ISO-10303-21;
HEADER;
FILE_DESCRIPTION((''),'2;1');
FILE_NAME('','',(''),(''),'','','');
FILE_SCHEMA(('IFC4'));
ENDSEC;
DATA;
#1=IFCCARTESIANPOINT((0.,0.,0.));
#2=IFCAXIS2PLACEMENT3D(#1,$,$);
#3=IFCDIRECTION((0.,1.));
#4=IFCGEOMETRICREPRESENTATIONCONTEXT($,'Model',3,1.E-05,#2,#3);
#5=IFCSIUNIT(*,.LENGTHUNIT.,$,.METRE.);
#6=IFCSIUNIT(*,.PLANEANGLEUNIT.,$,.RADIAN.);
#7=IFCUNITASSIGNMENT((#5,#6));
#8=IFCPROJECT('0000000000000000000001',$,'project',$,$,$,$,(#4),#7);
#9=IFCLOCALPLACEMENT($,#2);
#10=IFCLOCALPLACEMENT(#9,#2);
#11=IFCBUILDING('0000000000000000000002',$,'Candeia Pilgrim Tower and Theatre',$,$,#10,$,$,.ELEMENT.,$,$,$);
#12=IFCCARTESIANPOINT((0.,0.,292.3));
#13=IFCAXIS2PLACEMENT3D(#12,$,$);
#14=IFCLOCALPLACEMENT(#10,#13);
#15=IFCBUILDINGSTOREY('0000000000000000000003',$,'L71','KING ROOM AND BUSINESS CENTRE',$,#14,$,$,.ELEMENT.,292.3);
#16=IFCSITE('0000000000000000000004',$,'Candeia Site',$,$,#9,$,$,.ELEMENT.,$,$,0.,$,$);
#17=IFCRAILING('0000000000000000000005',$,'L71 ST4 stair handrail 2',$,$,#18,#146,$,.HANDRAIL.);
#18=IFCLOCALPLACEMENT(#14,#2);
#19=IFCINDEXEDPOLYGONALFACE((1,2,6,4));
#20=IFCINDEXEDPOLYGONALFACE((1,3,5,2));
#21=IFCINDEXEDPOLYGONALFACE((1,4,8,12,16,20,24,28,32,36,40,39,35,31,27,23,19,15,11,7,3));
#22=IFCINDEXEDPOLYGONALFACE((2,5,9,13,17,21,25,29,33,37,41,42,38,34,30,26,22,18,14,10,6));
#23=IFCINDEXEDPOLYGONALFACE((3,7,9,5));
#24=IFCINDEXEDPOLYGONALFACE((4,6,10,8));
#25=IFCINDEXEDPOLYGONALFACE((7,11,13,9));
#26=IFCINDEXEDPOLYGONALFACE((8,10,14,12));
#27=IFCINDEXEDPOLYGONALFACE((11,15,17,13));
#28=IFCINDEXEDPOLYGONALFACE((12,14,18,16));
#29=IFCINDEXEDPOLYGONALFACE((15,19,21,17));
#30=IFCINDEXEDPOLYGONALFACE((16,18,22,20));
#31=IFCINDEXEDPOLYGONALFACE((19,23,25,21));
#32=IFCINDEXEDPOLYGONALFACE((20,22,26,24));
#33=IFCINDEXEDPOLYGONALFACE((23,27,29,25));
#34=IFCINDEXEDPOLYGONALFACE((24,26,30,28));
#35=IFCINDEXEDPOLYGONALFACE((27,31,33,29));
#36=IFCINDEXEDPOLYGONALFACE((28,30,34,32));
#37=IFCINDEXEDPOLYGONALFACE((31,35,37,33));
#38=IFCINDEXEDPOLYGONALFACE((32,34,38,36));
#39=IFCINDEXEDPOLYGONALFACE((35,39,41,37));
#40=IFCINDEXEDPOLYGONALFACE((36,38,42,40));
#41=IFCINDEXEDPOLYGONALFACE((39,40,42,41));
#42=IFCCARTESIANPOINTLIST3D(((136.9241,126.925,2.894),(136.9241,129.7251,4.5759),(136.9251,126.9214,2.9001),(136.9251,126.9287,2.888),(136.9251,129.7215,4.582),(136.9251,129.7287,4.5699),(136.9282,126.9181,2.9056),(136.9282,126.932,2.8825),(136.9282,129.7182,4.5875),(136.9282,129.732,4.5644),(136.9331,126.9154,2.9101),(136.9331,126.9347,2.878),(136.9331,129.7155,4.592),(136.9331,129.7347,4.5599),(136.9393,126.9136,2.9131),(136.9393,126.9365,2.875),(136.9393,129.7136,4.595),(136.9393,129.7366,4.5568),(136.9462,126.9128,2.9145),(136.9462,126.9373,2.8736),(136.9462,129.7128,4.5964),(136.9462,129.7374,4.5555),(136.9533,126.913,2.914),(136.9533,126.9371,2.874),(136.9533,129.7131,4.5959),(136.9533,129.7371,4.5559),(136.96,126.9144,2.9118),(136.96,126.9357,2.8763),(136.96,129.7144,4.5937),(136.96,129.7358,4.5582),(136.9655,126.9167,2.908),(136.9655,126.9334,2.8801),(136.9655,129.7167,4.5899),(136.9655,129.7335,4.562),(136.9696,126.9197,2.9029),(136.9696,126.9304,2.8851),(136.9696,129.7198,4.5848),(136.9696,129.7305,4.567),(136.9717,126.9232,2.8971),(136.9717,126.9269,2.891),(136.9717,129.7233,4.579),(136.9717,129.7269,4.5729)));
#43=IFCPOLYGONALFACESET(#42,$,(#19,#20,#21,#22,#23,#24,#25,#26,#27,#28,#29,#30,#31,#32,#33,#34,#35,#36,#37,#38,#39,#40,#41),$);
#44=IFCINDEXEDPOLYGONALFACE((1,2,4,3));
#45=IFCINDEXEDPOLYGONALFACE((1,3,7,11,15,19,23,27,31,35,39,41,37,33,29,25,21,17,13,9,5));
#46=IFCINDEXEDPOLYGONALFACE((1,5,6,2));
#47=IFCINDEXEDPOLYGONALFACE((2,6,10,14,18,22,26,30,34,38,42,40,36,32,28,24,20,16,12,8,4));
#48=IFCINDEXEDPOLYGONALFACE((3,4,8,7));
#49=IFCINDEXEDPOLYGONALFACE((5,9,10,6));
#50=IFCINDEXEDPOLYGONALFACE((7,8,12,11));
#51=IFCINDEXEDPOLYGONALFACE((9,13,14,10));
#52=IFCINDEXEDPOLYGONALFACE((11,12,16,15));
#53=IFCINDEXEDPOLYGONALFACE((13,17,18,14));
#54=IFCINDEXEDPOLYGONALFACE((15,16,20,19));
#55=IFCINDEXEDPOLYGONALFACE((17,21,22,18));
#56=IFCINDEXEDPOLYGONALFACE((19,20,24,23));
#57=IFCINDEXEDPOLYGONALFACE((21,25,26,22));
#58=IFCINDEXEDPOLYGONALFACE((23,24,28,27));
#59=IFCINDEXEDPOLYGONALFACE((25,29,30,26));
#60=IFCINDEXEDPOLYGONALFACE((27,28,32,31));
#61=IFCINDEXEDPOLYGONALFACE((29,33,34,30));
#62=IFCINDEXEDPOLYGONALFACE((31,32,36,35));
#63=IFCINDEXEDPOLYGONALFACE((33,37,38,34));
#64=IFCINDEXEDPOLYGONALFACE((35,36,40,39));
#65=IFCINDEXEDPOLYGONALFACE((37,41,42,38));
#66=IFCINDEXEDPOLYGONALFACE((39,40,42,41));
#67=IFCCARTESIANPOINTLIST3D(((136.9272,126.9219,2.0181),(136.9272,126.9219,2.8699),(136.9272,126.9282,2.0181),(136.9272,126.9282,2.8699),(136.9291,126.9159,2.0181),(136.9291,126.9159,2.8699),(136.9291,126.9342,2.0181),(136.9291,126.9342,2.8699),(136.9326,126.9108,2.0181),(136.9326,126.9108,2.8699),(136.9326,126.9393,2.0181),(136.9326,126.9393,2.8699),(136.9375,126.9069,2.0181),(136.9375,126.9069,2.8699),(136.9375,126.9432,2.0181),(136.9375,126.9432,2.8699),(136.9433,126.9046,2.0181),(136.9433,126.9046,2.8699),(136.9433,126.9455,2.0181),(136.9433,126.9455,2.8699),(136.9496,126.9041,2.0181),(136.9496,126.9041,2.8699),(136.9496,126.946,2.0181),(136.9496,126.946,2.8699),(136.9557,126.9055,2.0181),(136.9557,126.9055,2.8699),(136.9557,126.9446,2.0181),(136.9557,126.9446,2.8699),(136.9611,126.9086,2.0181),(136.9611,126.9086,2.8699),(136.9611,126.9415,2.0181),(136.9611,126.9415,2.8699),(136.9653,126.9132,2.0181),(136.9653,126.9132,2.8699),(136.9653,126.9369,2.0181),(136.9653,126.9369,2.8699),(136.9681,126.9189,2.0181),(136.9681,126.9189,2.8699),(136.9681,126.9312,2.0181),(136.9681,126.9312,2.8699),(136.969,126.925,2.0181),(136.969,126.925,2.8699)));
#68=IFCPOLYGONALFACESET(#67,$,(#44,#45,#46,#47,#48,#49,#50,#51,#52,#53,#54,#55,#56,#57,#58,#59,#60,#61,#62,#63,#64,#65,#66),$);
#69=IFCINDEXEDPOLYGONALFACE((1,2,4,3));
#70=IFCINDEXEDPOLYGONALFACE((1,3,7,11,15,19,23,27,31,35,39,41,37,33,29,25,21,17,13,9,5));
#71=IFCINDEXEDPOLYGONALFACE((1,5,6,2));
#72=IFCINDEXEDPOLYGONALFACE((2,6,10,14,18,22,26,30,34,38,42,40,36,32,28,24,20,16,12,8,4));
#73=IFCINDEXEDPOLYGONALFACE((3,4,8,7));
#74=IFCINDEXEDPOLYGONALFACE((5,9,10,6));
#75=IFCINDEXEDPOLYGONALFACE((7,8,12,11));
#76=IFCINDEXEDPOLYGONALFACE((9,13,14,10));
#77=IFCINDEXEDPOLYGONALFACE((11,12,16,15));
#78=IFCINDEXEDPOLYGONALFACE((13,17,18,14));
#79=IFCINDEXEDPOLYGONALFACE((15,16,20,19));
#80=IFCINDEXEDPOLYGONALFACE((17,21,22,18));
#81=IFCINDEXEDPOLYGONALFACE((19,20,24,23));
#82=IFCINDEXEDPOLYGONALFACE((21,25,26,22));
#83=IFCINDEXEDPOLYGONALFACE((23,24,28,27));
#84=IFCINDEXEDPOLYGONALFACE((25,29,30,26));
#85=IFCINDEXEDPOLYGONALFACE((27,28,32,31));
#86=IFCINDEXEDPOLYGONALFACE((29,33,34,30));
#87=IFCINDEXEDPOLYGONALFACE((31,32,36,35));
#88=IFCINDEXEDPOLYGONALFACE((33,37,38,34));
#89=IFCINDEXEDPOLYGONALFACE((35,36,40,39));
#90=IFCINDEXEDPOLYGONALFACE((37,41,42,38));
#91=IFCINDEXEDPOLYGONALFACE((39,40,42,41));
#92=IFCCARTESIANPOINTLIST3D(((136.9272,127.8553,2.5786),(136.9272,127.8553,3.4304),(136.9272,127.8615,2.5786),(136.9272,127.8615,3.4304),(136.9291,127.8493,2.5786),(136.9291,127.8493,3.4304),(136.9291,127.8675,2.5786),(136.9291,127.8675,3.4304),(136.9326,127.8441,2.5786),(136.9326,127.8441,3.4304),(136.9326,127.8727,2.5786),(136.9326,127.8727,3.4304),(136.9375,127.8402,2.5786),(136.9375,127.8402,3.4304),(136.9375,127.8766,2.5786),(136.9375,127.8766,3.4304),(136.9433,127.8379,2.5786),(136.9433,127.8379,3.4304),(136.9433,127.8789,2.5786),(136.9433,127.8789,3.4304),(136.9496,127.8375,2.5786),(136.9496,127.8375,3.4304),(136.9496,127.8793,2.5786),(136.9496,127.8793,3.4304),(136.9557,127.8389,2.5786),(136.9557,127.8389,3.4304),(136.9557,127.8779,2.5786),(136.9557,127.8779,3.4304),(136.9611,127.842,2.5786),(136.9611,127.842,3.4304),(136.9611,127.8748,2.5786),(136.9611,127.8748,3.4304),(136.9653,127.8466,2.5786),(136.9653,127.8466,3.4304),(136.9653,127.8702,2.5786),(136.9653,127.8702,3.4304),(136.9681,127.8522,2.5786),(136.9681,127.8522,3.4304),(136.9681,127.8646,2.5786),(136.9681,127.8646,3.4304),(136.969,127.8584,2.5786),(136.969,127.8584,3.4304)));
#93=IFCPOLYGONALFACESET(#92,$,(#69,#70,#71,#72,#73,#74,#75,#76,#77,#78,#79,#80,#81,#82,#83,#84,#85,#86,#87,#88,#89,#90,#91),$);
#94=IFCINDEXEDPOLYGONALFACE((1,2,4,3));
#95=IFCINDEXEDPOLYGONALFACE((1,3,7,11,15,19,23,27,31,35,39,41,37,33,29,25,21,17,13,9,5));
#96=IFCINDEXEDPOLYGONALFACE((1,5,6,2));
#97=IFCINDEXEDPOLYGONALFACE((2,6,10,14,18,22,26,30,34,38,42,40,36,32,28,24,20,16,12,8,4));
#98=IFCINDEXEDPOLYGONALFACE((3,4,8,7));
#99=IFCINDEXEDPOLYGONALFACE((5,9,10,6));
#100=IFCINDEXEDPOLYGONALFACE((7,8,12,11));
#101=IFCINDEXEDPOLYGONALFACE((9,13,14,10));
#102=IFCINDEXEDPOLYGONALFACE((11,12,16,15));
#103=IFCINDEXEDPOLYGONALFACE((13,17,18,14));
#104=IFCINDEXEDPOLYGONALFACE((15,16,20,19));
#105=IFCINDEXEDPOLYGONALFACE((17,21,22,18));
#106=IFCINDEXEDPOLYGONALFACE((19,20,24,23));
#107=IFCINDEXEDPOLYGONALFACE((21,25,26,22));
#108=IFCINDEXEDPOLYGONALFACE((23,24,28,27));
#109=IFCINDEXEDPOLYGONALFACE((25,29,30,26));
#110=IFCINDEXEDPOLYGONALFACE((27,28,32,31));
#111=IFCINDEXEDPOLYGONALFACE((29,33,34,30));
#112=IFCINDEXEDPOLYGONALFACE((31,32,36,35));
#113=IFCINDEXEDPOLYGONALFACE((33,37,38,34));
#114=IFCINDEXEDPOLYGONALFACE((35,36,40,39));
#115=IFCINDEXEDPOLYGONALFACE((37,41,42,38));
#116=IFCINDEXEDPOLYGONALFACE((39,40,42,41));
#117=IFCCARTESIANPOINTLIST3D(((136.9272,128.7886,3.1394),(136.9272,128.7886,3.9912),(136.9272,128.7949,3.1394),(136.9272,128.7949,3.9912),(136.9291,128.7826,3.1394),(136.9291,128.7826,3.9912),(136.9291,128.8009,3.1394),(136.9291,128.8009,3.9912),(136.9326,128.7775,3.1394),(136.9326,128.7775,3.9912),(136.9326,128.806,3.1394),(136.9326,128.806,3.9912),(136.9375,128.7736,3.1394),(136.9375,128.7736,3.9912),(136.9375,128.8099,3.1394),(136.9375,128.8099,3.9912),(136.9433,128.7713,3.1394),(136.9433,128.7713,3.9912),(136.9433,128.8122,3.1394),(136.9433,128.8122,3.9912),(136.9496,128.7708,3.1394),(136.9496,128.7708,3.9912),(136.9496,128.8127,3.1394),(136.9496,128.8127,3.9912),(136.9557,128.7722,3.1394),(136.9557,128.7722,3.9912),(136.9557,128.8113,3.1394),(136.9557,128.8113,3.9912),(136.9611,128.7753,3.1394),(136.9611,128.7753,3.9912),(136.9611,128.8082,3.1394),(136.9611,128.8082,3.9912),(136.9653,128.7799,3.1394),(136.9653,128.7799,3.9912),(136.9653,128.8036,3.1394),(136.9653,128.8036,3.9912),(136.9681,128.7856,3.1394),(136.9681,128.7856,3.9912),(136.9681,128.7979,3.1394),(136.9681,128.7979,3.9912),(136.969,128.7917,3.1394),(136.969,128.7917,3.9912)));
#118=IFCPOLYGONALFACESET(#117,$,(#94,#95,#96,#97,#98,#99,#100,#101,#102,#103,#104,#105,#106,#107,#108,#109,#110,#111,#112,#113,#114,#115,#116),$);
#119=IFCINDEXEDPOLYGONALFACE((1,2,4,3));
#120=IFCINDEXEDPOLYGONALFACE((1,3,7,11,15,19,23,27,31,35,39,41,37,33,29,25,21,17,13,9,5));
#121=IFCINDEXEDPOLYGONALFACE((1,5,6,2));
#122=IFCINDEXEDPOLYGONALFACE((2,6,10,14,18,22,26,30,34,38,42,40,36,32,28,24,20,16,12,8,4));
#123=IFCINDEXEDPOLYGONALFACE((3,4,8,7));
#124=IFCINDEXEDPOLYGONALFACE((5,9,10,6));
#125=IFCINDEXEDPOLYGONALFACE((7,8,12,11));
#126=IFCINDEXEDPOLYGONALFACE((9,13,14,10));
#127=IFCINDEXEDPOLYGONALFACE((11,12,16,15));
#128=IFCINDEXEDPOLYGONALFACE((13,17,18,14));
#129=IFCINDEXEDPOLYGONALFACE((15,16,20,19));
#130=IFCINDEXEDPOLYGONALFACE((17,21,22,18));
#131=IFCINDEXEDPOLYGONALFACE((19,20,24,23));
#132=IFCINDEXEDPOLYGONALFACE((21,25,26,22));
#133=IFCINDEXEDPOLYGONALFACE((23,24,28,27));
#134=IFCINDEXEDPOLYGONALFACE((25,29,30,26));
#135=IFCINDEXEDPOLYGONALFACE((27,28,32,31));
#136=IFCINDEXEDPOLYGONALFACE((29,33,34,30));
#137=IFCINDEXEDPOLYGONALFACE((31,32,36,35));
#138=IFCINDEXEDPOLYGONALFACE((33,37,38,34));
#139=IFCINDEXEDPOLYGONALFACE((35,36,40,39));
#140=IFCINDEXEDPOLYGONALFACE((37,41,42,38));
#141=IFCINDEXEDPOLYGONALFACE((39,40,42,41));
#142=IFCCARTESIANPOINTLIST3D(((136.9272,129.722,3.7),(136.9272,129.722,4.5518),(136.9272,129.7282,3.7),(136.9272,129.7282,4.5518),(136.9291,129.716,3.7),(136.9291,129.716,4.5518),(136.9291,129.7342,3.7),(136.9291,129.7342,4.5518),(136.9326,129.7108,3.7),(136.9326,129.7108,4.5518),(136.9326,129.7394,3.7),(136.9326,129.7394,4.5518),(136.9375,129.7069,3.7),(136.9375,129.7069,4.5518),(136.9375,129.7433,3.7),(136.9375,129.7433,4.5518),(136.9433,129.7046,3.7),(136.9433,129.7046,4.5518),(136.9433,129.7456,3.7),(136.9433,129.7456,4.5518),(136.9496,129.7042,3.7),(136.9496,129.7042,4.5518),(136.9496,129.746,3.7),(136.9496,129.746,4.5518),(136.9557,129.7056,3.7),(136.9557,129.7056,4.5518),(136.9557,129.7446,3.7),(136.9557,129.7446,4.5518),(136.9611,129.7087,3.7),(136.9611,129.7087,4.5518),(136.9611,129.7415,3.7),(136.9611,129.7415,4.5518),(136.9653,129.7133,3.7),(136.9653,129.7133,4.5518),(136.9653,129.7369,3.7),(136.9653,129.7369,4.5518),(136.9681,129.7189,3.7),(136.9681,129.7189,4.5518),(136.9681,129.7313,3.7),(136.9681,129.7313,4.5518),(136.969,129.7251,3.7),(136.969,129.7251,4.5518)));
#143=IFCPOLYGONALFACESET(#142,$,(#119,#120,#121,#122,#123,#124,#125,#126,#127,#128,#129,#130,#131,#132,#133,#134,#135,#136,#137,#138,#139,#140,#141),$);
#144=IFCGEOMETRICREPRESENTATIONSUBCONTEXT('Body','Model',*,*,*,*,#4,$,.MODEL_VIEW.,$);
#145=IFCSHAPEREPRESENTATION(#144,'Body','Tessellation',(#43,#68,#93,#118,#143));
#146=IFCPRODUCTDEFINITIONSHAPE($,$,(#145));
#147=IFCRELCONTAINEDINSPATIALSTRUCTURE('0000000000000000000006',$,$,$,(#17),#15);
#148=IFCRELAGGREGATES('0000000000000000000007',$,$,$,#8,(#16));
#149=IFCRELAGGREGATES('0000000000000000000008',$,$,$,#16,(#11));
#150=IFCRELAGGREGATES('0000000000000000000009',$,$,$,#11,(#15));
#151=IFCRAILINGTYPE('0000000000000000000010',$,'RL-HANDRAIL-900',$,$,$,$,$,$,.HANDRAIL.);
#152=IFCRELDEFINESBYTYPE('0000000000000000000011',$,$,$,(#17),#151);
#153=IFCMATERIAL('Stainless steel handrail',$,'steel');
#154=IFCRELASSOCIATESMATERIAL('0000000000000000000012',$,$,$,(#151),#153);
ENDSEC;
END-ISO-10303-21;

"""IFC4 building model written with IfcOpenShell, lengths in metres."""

from ifc_helpers import new_model, si_unit, direction, frame, origin, origin_2d, place, context, subcontext, project, spatial, circle, extrude, material, type_object, element, save


model = new_model("IFC4")

# Units and contexts
model_context = context("Model", 3, precision=1e-05, world=origin(), true_north=direction((0.0, 1.0)))
body_context = subcontext(model_context, "Body", "Model", "MODEL_VIEW")
ifc_project = project(units=[si_unit("LENGTHUNIT", "METRE"), si_unit("PLANEANGLEUNIT", "RADIAN")], contexts=[model_context])

# Site, building, storey
site_placement = place(None, origin())
site = spatial("IfcSite", under=ifc_project, at=site_placement, Name="Candeia Site", CompositionType="ELEMENT", RefElevation=0.0)
building_placement = place(site_placement, origin())
building = spatial("IfcBuilding", under=site, at=building_placement, Name="Candeia Pilgrim Tower and Theatre", CompositionType="ELEMENT")
storey_placement = place(building_placement, frame((0.0, 0.0, 292.3)))
storey = spatial("IfcBuildingStorey", under=building, at=storey_placement, Name="L71", Description="KING ROOM AND BUSINESS CENTRE", CompositionType="ELEMENT", Elevation=292.3)

# Railing
ifc_material_1 = material(Name="Stainless steel handrail", Category="steel")
railing_type_1 = type_object("IfcRailingType", Name="RL-HANDRAIL-900", PredefinedType="HANDRAIL", material=ifc_material_1)
for number, where, name in (
    (1, (136.948, 126.925, 2.0181), "L71 ST4 stair handrail 2"),
):
    element("IfcRailing", number, at=place(storey_placement, frame(where)), inside=storey, type_object=railing_type_1, Name=name, PredefinedType="HANDRAIL", context=body_context, shape_type="SweptSolid", body=[
        extrude(circle(Radius=0.0239, at=origin_2d()), frame((0.0, 0.0, 0.876), z_axis=(0.0, 0.857242, 0.514913), x_axis=(-1.0, 0.0, 0.0)), (0.0, 0.0, 1.0), 3.2664),
        extrude(circle(Radius=0.021, at=origin_2d()), origin(), (0.0, 0.0, 1.0), 0.8518),
        extrude(circle(Radius=0.021, at=origin_2d()), frame((0.0, 0.9333, 0.5605)), (0.0, 0.0, 1.0), 0.8518),
        extrude(circle(Radius=0.021, at=origin_2d()), frame((0.0, 1.8667, 1.1213)), (0.0, 0.0, 1.0), 0.8518),
        extrude(circle(Radius=0.021, at=origin_2d()), frame((0.0, 2.8, 1.6819)), (0.0, 0.0, 1.0), 0.8518),
    ])

save(model, "model.ifc")
